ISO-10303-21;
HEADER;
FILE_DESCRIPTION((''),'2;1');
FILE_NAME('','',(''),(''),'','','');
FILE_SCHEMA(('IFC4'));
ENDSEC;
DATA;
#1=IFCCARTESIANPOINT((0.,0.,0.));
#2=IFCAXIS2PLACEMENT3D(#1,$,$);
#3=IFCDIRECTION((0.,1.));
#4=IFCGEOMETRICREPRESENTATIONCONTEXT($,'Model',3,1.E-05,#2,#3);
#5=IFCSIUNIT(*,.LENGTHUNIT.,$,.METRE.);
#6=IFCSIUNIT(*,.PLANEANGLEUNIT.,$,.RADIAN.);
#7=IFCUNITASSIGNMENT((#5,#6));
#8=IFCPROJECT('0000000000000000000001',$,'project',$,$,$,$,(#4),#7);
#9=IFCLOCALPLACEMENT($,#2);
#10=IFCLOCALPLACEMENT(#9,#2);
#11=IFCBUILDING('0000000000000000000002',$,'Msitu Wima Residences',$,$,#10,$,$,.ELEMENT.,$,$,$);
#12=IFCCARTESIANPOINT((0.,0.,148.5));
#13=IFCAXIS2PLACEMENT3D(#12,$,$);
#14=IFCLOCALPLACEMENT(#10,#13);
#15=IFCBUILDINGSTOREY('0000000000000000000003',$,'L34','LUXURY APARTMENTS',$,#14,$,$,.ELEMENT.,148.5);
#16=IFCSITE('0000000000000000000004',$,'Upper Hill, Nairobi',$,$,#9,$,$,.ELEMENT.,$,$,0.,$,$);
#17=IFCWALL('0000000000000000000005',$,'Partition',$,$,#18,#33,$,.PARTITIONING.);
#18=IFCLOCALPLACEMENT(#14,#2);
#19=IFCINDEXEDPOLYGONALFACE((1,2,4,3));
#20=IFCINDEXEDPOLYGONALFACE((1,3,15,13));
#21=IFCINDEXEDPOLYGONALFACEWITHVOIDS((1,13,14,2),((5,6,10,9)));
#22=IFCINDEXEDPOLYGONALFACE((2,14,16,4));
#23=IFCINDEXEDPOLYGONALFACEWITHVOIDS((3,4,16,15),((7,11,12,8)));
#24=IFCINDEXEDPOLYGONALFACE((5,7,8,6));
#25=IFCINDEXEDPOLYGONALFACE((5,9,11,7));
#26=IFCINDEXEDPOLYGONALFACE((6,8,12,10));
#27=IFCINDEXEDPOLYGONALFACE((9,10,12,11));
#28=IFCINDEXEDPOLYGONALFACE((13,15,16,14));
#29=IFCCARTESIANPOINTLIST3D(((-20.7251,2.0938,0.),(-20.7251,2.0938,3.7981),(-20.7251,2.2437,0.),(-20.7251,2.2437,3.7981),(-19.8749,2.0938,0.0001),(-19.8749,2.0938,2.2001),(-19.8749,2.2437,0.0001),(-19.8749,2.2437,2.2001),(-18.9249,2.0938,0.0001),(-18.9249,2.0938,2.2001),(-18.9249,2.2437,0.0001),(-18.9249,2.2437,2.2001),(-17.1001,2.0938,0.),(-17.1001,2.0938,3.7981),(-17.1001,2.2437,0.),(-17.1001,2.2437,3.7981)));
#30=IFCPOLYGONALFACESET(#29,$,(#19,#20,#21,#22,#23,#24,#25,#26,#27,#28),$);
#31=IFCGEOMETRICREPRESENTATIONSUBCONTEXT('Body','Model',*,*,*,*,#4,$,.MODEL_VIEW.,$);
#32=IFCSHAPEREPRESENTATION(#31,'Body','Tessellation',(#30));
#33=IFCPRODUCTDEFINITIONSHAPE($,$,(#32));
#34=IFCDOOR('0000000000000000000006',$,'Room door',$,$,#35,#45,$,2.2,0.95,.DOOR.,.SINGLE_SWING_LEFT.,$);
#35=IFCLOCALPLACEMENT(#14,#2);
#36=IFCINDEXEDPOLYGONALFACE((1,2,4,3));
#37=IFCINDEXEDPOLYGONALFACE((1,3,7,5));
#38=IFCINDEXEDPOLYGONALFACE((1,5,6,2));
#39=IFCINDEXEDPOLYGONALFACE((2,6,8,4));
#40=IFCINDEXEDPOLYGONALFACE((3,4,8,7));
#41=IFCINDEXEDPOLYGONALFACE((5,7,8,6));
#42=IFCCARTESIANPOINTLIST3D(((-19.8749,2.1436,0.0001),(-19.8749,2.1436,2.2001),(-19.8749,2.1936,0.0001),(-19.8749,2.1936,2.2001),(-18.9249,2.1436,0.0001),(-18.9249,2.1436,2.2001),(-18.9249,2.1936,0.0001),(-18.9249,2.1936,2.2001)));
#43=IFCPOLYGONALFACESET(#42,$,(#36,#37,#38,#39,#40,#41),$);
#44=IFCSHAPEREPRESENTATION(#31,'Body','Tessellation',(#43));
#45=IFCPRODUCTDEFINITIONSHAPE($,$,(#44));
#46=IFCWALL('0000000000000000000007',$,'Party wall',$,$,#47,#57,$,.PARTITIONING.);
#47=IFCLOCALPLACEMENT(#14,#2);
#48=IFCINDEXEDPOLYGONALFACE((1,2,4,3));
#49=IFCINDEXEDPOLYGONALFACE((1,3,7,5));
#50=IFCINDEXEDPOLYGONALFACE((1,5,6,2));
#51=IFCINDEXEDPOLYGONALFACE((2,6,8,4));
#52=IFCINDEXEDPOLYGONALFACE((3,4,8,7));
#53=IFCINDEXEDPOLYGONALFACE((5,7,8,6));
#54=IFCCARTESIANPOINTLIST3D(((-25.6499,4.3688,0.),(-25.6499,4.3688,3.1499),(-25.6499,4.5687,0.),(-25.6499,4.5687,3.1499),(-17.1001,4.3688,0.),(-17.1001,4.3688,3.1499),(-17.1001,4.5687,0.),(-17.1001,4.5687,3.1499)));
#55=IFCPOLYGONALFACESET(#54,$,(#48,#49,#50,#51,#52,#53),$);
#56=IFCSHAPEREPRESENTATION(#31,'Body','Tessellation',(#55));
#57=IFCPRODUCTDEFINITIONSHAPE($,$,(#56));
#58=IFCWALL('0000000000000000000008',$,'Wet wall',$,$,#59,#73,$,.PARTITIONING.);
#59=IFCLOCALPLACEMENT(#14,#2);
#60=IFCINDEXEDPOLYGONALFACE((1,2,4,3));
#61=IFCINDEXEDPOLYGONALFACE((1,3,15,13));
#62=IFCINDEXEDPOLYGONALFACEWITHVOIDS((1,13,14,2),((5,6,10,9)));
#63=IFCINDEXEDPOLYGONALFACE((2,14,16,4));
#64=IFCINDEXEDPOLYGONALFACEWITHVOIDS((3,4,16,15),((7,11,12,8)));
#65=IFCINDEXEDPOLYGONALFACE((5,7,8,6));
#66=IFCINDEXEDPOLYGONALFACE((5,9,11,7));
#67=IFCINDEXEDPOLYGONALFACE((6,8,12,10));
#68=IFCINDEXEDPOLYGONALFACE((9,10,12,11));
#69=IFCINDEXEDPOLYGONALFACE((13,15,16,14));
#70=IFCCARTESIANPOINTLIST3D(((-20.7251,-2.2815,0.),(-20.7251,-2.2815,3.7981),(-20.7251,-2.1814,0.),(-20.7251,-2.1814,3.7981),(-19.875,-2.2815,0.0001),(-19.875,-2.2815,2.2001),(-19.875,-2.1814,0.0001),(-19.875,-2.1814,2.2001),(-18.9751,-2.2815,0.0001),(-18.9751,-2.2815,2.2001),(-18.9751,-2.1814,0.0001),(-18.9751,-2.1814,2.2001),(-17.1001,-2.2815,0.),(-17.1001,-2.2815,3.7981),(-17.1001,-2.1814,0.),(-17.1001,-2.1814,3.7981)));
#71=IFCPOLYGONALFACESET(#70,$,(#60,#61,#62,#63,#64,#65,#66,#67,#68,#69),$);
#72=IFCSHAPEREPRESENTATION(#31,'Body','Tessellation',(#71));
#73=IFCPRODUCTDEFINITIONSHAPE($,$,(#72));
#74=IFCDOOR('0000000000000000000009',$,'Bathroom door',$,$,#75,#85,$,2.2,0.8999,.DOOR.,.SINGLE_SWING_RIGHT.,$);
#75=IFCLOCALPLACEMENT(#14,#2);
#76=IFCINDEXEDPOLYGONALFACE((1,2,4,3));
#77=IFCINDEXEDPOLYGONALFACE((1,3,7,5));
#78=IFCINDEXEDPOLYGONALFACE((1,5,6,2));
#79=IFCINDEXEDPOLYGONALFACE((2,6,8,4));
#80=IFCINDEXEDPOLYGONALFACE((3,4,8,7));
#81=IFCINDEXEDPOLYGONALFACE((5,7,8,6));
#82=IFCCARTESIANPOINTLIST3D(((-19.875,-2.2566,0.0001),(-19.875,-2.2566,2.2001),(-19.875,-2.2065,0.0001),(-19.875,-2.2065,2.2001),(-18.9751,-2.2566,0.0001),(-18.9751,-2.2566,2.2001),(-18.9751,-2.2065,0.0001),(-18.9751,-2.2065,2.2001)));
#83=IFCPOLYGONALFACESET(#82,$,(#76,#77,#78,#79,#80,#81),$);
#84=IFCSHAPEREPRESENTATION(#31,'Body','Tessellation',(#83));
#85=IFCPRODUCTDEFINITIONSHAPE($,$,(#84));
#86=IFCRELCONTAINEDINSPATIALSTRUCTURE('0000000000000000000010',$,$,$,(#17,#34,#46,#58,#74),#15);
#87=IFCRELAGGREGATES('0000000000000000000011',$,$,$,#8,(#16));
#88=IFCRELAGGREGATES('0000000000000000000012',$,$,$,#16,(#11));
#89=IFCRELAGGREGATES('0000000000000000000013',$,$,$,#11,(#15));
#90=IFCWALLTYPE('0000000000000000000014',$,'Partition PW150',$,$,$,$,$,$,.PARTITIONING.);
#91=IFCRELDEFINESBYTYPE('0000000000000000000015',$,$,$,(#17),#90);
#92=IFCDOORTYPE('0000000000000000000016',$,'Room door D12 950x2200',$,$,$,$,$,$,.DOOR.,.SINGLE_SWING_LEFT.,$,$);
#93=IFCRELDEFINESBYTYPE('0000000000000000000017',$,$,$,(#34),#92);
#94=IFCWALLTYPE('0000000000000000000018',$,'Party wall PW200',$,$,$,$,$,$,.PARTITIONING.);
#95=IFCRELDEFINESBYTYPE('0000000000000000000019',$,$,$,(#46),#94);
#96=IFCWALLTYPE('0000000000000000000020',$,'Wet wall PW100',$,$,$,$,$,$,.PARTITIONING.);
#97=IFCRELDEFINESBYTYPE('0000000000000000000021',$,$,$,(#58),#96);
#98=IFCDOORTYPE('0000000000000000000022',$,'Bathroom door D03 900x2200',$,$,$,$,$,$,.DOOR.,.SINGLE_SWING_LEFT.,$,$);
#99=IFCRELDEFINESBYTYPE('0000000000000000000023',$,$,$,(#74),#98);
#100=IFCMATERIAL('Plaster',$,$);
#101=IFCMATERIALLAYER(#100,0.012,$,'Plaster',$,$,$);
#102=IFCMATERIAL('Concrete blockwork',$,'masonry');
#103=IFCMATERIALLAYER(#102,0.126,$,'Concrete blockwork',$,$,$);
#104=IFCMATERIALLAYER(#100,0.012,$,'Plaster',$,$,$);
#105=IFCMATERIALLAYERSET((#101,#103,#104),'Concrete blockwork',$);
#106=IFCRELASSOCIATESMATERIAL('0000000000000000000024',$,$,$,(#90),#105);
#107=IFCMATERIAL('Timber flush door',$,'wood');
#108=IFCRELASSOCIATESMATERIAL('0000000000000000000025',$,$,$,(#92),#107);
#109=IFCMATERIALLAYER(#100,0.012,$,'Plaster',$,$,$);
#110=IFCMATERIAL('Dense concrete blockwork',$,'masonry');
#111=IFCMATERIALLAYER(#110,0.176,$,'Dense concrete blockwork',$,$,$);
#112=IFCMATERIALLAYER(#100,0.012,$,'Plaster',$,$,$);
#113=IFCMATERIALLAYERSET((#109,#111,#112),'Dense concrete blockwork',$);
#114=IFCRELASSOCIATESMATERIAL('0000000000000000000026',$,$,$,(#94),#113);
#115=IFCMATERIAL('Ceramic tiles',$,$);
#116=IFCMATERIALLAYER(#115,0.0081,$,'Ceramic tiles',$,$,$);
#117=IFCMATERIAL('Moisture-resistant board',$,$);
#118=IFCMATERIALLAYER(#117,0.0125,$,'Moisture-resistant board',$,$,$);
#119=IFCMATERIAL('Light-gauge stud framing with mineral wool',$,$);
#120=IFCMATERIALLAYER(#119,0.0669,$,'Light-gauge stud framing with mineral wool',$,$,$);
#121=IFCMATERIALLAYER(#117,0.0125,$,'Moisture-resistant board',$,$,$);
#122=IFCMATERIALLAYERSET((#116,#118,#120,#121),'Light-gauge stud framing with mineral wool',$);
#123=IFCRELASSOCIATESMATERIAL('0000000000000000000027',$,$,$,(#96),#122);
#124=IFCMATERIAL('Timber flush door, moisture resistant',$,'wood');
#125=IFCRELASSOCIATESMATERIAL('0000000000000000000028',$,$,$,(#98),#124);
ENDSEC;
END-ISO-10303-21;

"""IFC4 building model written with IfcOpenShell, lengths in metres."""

from ifc_helpers import new_model, si_unit, direction, frame, frame_2d, origin, place, context, subcontext, project, spatial, rectangle, extrude, material, layer, layer_set, type_object, element, fill, save


model = new_model("IFC4")

# Units and contexts
model_context = context("Model", 3, precision=1e-05, world=origin(), true_north=direction((0.0, 1.0)))
body_context = subcontext(model_context, "Body", "Model", "MODEL_VIEW")
ifc_project = project(units=[si_unit("LENGTHUNIT", "METRE"), si_unit("PLANEANGLEUNIT", "RADIAN")], contexts=[model_context])

# Site, building, storey
site_placement = place(None, origin())
site = spatial("IfcSite", under=ifc_project, at=site_placement, Name="Upper Hill, Nairobi", CompositionType="ELEMENT", RefElevation=0.0)
building_placement = place(site_placement, origin())
building = spatial("IfcBuilding", under=site, at=building_placement, Name="Msitu Wima Residences", CompositionType="ELEMENT")
storey_placement = place(building_placement, frame((0.0, 0.0, 148.5)))
storey = spatial("IfcBuildingStorey", under=building, at=storey_placement, Name="L34", Description="LUXURY APARTMENTS", CompositionType="ELEMENT", Elevation=148.5)

# Wall, opening, door
ifc_material_1 = material(Name="Plaster")
ifc_layer_1 = layer(ifc_material_1, 0.012, Name="Plaster")
ifc_material_2 = material(Name="Concrete blockwork", Category="masonry")
ifc_layer_2 = layer(ifc_material_2, 0.126, Name="Concrete blockwork")
ifc_layer_3 = layer(ifc_material_1, 0.012, Name="Plaster")
ifc_layer_set_1 = layer_set([ifc_layer_1, ifc_layer_2, ifc_layer_3], Name="Concrete blockwork")
wall_type_1 = type_object("IfcWallType", Name="Partition PW150", PredefinedType="PARTITIONING", material=ifc_layer_set_1)
wall_1_placement = place(storey_placement, frame((-20.7251, 2.1687, 0.0), z_axis=(0.0, 0.0, 1.0), x_axis=(1.0, 0.0, 0.0)))
wall_1 = element("IfcWall", 1, at=wall_1_placement, inside=storey, type_object=wall_type_1, Name="Partition", PredefinedType="PARTITIONING", context=body_context, shape_type="SweptSolid", body=[
    extrude(rectangle(XDim=3.625, YDim=0.1499, at=frame_2d((1.8125, 0.0))), origin(), (0.0, 0.0, 1.0), 3.7981),
])
opening_1_placement = place(wall_1_placement, frame((0.8501, 0.0, 0.0)))
opening_1 = element("IfcOpeningElement", 2, at=opening_1_placement, cuts=wall_1, PredefinedType="OPENING", context=body_context, shape_type="SweptSolid", body=[
    extrude(rectangle(XDim=0.95, YDim=2.2, at=frame_2d((0.4751, 1.1001))), frame((0.0, 0.085, 0.0), z_axis=(0.0, -1.0, 0.0), x_axis=(1.0, 0.0, 0.0)), (0.0, 0.0, 1.0), 0.1699),
])
ifc_material_3 = material(Name="Timber flush door", Category="wood")
door_type_1 = type_object("IfcDoorType", Name="Room door D12 950x2200", OperationType="SINGLE_SWING_LEFT", PredefinedType="DOOR", material=ifc_material_3)
door_1_placement = place(opening_1_placement, origin())
door_1 = element("IfcDoor", 3, at=door_1_placement, inside=storey, type_object=door_type_1, Name="Room door", OperationType="SINGLE_SWING_LEFT", OverallHeight=2.2, OverallWidth=0.95, PredefinedType="DOOR", context=body_context, shape_type="SweptSolid", body=[
    extrude(rectangle(XDim=0.95, YDim=2.2, at=frame_2d((0.4751, 1.1001))), frame((0.0, 0.0249, 0.0), z_axis=(0.0, -1.0, 0.0), x_axis=(1.0, 0.0, 0.0)), (0.0, 0.0, 1.0), 0.05),
])
fill(opening_1, door_1)

# Wall
ifc_layer_4 = layer(ifc_material_1, 0.012, Name="Plaster")
ifc_material_4 = material(Name="Dense concrete blockwork", Category="masonry")
ifc_layer_5 = layer(ifc_material_4, 0.176, Name="Dense concrete blockwork")
ifc_layer_6 = layer(ifc_material_1, 0.012, Name="Plaster")
ifc_layer_set_2 = layer_set([ifc_layer_4, ifc_layer_5, ifc_layer_6], Name="Dense concrete blockwork")
wall_type_2 = type_object("IfcWallType", Name="Party wall PW200", PredefinedType="PARTITIONING", material=ifc_layer_set_2)
wall_2_placement = place(storey_placement, frame((-25.6499, 4.4688, 0.0), z_axis=(0.0, 0.0, 1.0), x_axis=(1.0, 0.0, 0.0)))
element("IfcWall", 4, at=wall_2_placement, inside=storey, type_object=wall_type_2, Name="Party wall", PredefinedType="PARTITIONING", context=body_context, shape_type="SweptSolid", body=[
    extrude(rectangle(XDim=8.5498, YDim=0.2, at=frame_2d((4.2749, 0.0))), origin(), (0.0, 0.0, 1.0), 3.1499),
])

# Wall, opening, door
ifc_material_5 = material(Name="Ceramic tiles")
ifc_layer_7 = layer(ifc_material_5, 0.0081, Name="Ceramic tiles")
ifc_material_6 = material(Name="Moisture-resistant board")
ifc_layer_8 = layer(ifc_material_6, 0.0125, Name="Moisture-resistant board")
ifc_material_7 = material(Name="Light-gauge stud framing with mineral wool")
ifc_layer_9 = layer(ifc_material_7, 0.0669, Name="Light-gauge stud framing with mineral wool")
ifc_layer_10 = layer(ifc_material_6, 0.0125, Name="Moisture-resistant board")
ifc_layer_set_3 = layer_set([ifc_layer_7, ifc_layer_8, ifc_layer_9, ifc_layer_10], Name="Light-gauge stud framing with mineral wool")
wall_type_3 = type_object("IfcWallType", Name="Wet wall PW100", PredefinedType="PARTITIONING", material=ifc_layer_set_3)
wall_3_placement = place(storey_placement, frame((-20.7251, -2.2314, 0.0), z_axis=(0.0, 0.0, 1.0), x_axis=(1.0, 0.0, 0.0)))
wall_3 = element("IfcWall", 5, at=wall_3_placement, inside=storey, type_object=wall_type_3, Name="Wet wall", PredefinedType="PARTITIONING", context=body_context, shape_type="SweptSolid", body=[
    extrude(rectangle(XDim=3.625, YDim=0.1001, at=frame_2d((1.8125, 0.0))), origin(), (0.0, 0.0, 1.0), 3.7981),
])
opening_2_placement = place(wall_3_placement, frame((0.8501, 0.0, 0.0)))
opening_2 = element("IfcOpeningElement", 6, at=opening_2_placement, cuts=wall_3, PredefinedType="OPENING", context=body_context, shape_type="SweptSolid", body=[
    extrude(rectangle(XDim=0.8999, YDim=2.2, at=frame_2d((0.45, 1.1001))), frame((0.0, 0.0601, 0.0), z_axis=(0.0, -1.0, 0.0), x_axis=(1.0, 0.0, 0.0)), (0.0, 0.0, 1.0), 0.1201),
])
ifc_material_8 = material(Name="Timber flush door, moisture resistant", Category="wood")
door_type_2 = type_object("IfcDoorType", Name="Bathroom door D03 900x2200", OperationType="SINGLE_SWING_LEFT", PredefinedType="DOOR", material=ifc_material_8)
door_2_placement = place(opening_2_placement, origin())
door_2 = element("IfcDoor", 7, at=door_2_placement, inside=storey, type_object=door_type_2, Name="Bathroom door", OperationType="SINGLE_SWING_RIGHT", OverallHeight=2.2, OverallWidth=0.8999, PredefinedType="DOOR", context=body_context, shape_type="SweptSolid", body=[
    extrude(rectangle(XDim=0.8999, YDim=2.2, at=frame_2d((0.45, 1.1001))), frame((0.0, 0.0249, 0.0), z_axis=(0.0, -1.0, 0.0), x_axis=(1.0, 0.0, 0.0)), (0.0, 0.0, 1.0), 0.05),
])
fill(opening_2, door_2)

save(model, "model.ifc")
